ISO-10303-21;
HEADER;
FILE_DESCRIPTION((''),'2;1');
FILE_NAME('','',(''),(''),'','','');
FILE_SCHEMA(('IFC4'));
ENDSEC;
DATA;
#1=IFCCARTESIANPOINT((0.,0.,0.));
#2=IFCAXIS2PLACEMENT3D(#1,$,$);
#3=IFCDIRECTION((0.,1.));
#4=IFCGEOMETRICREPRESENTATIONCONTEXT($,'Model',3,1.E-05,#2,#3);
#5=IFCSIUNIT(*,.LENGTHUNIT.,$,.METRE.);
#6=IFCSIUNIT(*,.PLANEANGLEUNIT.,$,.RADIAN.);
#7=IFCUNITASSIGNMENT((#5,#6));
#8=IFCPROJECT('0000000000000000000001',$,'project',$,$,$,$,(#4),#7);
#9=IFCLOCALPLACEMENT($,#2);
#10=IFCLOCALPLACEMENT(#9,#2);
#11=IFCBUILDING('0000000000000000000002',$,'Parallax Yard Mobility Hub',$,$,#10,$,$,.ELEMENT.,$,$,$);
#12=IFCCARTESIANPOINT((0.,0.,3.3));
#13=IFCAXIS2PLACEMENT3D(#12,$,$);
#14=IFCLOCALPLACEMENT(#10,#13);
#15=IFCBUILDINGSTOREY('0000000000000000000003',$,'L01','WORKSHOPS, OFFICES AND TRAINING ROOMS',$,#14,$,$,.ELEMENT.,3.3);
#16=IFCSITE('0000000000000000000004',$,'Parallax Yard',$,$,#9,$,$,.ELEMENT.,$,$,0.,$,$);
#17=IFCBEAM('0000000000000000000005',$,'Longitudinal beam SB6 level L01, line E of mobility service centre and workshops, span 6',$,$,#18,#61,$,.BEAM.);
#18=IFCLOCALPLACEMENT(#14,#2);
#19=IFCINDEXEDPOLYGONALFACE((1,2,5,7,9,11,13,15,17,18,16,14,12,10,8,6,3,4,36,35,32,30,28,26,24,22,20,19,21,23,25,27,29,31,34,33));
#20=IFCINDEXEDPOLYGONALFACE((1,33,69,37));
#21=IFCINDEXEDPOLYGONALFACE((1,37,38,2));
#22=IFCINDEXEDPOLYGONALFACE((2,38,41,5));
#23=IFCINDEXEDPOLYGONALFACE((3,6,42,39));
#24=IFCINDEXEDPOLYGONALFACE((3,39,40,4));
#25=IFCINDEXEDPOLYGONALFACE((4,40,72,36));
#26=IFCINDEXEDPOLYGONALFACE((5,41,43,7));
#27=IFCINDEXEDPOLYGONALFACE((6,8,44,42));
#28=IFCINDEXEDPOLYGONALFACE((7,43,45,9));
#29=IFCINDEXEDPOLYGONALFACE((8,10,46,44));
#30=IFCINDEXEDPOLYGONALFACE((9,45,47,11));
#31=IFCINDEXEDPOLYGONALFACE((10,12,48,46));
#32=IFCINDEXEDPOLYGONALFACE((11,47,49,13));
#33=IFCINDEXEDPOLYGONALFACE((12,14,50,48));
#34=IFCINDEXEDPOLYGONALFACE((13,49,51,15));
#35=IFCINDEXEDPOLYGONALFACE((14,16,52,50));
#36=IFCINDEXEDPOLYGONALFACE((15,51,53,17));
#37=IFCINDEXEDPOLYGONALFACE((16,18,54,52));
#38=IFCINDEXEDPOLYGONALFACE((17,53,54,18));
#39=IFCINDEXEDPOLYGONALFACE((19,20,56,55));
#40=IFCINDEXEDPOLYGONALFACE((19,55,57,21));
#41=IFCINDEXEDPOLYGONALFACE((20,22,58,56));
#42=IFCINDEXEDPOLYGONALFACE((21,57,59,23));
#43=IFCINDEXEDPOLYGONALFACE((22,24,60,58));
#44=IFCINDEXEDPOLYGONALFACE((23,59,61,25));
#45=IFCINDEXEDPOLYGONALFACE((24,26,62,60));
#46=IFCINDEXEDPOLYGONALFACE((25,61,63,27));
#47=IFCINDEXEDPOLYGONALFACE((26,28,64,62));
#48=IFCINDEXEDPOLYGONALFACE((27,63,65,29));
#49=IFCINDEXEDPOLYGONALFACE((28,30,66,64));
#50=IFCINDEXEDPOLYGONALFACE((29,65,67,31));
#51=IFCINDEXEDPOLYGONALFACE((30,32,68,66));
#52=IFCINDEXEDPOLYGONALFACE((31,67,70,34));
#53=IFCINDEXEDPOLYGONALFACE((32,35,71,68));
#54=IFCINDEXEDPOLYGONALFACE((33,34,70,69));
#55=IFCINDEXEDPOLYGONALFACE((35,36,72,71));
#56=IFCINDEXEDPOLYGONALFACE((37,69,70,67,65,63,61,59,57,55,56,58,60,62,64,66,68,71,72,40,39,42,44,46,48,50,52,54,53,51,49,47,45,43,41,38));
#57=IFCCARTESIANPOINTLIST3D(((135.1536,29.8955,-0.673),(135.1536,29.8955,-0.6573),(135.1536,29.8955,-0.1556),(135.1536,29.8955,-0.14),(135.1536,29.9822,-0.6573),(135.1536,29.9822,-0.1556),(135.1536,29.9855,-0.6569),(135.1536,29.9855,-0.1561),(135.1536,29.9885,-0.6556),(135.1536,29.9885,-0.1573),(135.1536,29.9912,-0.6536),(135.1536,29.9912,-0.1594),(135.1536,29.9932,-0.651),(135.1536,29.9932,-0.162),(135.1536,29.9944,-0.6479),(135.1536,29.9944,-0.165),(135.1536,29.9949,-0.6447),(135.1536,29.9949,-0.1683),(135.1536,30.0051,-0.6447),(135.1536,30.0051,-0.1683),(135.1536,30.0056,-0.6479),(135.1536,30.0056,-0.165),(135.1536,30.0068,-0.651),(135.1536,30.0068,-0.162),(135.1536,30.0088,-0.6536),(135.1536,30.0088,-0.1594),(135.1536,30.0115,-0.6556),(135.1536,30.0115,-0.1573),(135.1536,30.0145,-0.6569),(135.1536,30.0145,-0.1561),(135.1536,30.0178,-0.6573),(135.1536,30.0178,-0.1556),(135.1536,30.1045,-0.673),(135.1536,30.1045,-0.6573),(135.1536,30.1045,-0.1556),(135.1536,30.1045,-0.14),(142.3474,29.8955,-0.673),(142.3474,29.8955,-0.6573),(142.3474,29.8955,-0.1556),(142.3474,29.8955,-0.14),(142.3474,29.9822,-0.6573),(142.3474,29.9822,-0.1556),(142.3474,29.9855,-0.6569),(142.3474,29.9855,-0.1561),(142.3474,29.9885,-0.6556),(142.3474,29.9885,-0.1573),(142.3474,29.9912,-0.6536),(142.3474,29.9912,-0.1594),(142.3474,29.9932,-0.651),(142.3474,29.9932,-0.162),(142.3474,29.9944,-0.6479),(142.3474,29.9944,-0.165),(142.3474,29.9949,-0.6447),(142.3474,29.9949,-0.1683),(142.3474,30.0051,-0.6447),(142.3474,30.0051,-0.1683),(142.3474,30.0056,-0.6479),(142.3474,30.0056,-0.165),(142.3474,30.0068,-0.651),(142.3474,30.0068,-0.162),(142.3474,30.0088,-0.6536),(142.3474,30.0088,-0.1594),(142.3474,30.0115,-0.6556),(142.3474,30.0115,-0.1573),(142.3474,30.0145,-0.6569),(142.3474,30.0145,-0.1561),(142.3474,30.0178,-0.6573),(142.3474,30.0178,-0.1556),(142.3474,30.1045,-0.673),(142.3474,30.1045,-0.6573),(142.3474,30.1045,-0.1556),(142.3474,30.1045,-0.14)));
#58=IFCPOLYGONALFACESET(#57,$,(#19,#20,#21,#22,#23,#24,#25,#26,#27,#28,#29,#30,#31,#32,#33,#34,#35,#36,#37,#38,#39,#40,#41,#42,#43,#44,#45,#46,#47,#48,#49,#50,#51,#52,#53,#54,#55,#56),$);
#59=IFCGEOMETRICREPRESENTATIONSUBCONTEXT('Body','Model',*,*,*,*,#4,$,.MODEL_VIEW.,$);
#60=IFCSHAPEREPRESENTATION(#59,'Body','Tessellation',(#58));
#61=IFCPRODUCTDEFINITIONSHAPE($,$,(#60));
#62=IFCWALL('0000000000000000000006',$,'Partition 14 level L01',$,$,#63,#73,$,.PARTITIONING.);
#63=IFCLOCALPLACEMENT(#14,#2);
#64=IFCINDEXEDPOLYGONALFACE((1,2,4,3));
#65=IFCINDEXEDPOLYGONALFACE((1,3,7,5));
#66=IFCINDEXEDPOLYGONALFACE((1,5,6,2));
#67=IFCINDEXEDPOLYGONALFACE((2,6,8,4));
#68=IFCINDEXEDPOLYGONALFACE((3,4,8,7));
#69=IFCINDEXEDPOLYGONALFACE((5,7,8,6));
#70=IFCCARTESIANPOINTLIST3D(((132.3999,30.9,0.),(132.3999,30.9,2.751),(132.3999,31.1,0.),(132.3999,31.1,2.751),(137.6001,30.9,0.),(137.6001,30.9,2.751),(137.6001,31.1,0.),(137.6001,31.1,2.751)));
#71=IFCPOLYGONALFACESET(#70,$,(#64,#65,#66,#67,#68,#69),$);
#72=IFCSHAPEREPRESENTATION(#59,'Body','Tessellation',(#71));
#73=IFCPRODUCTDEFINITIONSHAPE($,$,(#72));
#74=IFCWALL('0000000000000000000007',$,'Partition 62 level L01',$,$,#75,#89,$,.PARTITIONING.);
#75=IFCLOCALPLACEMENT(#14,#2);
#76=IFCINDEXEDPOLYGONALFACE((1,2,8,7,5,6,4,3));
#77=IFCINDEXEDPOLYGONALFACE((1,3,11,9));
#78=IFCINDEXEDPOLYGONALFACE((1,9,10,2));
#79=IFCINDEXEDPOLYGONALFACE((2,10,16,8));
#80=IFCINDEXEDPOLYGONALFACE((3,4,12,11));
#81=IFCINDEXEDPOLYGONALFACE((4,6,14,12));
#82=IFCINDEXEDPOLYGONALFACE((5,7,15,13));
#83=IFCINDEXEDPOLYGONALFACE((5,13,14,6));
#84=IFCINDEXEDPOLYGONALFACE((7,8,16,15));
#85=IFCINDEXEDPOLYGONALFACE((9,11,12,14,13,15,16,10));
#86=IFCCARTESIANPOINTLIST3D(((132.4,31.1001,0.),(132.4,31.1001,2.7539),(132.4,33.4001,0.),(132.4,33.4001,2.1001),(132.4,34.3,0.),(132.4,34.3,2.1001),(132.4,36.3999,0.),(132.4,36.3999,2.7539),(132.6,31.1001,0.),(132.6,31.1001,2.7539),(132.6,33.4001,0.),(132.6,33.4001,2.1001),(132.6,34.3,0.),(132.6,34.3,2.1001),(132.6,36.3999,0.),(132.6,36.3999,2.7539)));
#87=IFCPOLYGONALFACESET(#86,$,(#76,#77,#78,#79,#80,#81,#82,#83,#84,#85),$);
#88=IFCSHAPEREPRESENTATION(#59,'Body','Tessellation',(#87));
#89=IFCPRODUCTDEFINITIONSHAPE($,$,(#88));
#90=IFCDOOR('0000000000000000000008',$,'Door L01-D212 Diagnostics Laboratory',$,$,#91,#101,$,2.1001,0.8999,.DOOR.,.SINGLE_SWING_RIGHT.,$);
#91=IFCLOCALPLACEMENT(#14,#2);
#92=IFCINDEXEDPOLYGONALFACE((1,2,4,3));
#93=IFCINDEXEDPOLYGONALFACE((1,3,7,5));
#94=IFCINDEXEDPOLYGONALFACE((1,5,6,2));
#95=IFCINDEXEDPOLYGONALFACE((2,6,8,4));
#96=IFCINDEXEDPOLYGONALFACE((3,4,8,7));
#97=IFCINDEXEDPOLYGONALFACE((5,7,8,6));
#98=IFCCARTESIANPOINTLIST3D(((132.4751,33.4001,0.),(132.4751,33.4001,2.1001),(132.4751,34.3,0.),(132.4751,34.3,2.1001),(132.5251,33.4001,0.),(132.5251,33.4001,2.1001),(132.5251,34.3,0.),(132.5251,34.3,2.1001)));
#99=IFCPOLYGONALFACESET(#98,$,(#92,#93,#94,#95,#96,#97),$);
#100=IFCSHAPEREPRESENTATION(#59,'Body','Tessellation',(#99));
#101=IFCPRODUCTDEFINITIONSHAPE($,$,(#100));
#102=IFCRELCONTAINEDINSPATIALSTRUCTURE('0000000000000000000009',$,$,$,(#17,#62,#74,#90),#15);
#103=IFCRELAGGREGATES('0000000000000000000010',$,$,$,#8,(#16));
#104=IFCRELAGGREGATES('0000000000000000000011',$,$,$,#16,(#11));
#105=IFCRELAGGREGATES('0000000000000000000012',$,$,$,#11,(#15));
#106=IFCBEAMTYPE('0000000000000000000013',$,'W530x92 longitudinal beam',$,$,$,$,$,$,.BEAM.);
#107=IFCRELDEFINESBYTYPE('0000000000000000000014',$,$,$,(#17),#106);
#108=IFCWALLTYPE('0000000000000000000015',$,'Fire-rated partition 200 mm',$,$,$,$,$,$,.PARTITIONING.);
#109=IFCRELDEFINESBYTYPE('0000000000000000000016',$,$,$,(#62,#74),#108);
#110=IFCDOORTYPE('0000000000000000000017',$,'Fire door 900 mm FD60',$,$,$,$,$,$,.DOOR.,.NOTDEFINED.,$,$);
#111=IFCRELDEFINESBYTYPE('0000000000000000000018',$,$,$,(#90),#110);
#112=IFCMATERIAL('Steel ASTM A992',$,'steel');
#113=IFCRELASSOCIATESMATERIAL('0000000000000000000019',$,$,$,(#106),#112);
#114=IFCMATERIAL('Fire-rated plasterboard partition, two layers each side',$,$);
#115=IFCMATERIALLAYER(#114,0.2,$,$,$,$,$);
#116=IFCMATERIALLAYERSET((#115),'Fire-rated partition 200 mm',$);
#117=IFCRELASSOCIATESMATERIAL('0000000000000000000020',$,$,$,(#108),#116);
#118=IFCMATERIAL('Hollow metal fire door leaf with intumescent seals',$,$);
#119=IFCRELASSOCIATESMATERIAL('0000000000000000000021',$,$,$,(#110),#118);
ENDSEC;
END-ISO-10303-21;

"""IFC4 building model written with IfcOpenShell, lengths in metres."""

from ifc_helpers import new_model, si_unit, direction, frame, frame_2d, origin, origin_2d, place, context, subcontext, project, spatial, rectangle, i_section, extrude, material, layer, layer_set, material_profile, profile_set, type_object, element, fill, save


model = new_model("IFC4")

# Units and contexts
model_context = context("Model", 3, precision=1e-05, world=origin(), true_north=direction((0.0, 1.0)))
body_context = subcontext(model_context, "Body", "Model", "MODEL_VIEW")
ifc_project = project(units=[si_unit("LENGTHUNIT", "METRE"), si_unit("PLANEANGLEUNIT", "RADIAN")], contexts=[model_context])

# Site, building, storey
site_placement = place(None, origin())
site = spatial("IfcSite", under=ifc_project, at=site_placement, Name="Parallax Yard", CompositionType="ELEMENT", RefElevation=0.0)
building_placement = place(site_placement, origin())
building = spatial("IfcBuilding", under=site, at=building_placement, Name="Parallax Yard Mobility Hub", CompositionType="ELEMENT")
storey_placement = place(building_placement, frame((0.0, 0.0, 3.3)))
storey = spatial("IfcBuildingStorey", under=building, at=storey_placement, Name="L01", Description="WORKSHOPS, OFFICES AND TRAINING ROOMS", CompositionType="ELEMENT", Elevation=3.3)

# Shared definitions
ifc_material_1 = material(Name="Steel ASTM A992", Category="steel")

# Beam
ifc_material_profile_1 = material_profile(ifc_material_1, i_section(OverallWidth=0.209, OverallDepth=0.533, WebThickness=0.0103, FlangeThickness=0.0156, FilletRadius=0.0127, at=origin_2d()), Name="W530x92")
ifc_profile_set_1 = profile_set([ifc_material_profile_1], Name="Steel ASTM A992")
beam_type_1 = type_object("IfcBeamType", Name="W530x92 longitudinal beam", PredefinedType="BEAM", material=ifc_profile_set_1)
beam_1_placement = place(storey_placement, frame((135.1536, 30.0, -0.4065), z_axis=(1.0, 0.0, 0.0), x_axis=(0.0, 1.0, 0.0)))
element("IfcBeam", 1, at=beam_1_placement, inside=storey, type_object=beam_type_1, Name="Longitudinal beam SB6 level L01, line E of mobility service centre and workshops, span 6", PredefinedType="BEAM", context=body_context, shape_type="SweptSolid", body=[
    extrude(i_section(OverallWidth=0.209, OverallDepth=0.533, WebThickness=0.0103, FlangeThickness=0.0156, FilletRadius=0.0127, at=origin_2d()), origin(), (0.0, 0.0, 1.0), 7.1938),
])

# Wall
ifc_material_2 = material(Name="Fire-rated plasterboard partition, two layers each side")
ifc_layer = layer(ifc_material_2, 0.2)
ifc_layer_set = layer_set([ifc_layer], Name="Fire-rated partition 200 mm")
wall_type = type_object("IfcWallType", Name="Fire-rated partition 200 mm", PredefinedType="PARTITIONING", material=ifc_layer_set)
wall_1_placement = place(storey_placement, frame((132.3999, 31.0, 0.0), z_axis=(0.0, 0.0, 1.0), x_axis=(1.0, 0.0, 0.0)))
element("IfcWall", 2, at=wall_1_placement, inside=storey, type_object=wall_type, Name="Partition 14 level L01", PredefinedType="PARTITIONING", context=body_context, shape_type="SweptSolid", body=[
    extrude(rectangle(XDim=5.2002, YDim=0.2, at=frame_2d((2.6001, 0.0))), origin(), (0.0, 0.0, 1.0), 2.751),
])

# Wall, opening, door
wall_2_placement = place(storey_placement, frame((132.5, 31.1001, 0.0), z_axis=(0.0, 0.0, 1.0), x_axis=(0.0, 1.0, 0.0)))
wall_2 = element("IfcWall", 3, at=wall_2_placement, inside=storey, type_object=wall_type, Name="Partition 62 level L01", PredefinedType="PARTITIONING", context=body_context, shape_type="SweptSolid", body=[
    extrude(rectangle(XDim=5.2998, YDim=0.2, at=frame_2d((2.6499, 0.0))), origin(), (0.0, 0.0, 1.0), 2.7539),
])
opening_placement = place(wall_2_placement, frame((2.3, 0.0, 0.0)))
opening = element("IfcOpeningElement", 4, at=opening_placement, cuts=wall_2, PredefinedType="OPENING", context=body_context, shape_type="SweptSolid", body=[
    extrude(rectangle(XDim=0.8999, YDim=2.1001, at=frame_2d((0.45, 1.05))), frame((0.0, 0.1099, 0.0), z_axis=(0.0, -1.0, 0.0), x_axis=(1.0, 0.0, 0.0)), (0.0, 0.0, 1.0), 0.22),
])
ifc_material_3 = material(Name="Hollow metal fire door leaf with intumescent seals")
door_type = type_object("IfcDoorType", Name="Fire door 900 mm FD60", OperationType="NOTDEFINED", PredefinedType="DOOR", material=ifc_material_3)
door_placement = place(opening_placement, origin())
door = element("IfcDoor", 5, at=door_placement, inside=storey, type_object=door_type, Name="Door L01-D212 Diagnostics Laboratory", OperationType="SINGLE_SWING_RIGHT", OverallHeight=2.1001, OverallWidth=0.8999, PredefinedType="DOOR", context=body_context, shape_type="SweptSolid", body=[
    extrude(rectangle(XDim=0.8999, YDim=2.1001, at=frame_2d((0.45, 1.05))), frame((0.0, 0.0249, 0.0), z_axis=(0.0, -1.0, 0.0), x_axis=(1.0, 0.0, 0.0)), (0.0, 0.0, 1.0), 0.05),
])
fill(opening, door)

save(model, "model.ifc")
